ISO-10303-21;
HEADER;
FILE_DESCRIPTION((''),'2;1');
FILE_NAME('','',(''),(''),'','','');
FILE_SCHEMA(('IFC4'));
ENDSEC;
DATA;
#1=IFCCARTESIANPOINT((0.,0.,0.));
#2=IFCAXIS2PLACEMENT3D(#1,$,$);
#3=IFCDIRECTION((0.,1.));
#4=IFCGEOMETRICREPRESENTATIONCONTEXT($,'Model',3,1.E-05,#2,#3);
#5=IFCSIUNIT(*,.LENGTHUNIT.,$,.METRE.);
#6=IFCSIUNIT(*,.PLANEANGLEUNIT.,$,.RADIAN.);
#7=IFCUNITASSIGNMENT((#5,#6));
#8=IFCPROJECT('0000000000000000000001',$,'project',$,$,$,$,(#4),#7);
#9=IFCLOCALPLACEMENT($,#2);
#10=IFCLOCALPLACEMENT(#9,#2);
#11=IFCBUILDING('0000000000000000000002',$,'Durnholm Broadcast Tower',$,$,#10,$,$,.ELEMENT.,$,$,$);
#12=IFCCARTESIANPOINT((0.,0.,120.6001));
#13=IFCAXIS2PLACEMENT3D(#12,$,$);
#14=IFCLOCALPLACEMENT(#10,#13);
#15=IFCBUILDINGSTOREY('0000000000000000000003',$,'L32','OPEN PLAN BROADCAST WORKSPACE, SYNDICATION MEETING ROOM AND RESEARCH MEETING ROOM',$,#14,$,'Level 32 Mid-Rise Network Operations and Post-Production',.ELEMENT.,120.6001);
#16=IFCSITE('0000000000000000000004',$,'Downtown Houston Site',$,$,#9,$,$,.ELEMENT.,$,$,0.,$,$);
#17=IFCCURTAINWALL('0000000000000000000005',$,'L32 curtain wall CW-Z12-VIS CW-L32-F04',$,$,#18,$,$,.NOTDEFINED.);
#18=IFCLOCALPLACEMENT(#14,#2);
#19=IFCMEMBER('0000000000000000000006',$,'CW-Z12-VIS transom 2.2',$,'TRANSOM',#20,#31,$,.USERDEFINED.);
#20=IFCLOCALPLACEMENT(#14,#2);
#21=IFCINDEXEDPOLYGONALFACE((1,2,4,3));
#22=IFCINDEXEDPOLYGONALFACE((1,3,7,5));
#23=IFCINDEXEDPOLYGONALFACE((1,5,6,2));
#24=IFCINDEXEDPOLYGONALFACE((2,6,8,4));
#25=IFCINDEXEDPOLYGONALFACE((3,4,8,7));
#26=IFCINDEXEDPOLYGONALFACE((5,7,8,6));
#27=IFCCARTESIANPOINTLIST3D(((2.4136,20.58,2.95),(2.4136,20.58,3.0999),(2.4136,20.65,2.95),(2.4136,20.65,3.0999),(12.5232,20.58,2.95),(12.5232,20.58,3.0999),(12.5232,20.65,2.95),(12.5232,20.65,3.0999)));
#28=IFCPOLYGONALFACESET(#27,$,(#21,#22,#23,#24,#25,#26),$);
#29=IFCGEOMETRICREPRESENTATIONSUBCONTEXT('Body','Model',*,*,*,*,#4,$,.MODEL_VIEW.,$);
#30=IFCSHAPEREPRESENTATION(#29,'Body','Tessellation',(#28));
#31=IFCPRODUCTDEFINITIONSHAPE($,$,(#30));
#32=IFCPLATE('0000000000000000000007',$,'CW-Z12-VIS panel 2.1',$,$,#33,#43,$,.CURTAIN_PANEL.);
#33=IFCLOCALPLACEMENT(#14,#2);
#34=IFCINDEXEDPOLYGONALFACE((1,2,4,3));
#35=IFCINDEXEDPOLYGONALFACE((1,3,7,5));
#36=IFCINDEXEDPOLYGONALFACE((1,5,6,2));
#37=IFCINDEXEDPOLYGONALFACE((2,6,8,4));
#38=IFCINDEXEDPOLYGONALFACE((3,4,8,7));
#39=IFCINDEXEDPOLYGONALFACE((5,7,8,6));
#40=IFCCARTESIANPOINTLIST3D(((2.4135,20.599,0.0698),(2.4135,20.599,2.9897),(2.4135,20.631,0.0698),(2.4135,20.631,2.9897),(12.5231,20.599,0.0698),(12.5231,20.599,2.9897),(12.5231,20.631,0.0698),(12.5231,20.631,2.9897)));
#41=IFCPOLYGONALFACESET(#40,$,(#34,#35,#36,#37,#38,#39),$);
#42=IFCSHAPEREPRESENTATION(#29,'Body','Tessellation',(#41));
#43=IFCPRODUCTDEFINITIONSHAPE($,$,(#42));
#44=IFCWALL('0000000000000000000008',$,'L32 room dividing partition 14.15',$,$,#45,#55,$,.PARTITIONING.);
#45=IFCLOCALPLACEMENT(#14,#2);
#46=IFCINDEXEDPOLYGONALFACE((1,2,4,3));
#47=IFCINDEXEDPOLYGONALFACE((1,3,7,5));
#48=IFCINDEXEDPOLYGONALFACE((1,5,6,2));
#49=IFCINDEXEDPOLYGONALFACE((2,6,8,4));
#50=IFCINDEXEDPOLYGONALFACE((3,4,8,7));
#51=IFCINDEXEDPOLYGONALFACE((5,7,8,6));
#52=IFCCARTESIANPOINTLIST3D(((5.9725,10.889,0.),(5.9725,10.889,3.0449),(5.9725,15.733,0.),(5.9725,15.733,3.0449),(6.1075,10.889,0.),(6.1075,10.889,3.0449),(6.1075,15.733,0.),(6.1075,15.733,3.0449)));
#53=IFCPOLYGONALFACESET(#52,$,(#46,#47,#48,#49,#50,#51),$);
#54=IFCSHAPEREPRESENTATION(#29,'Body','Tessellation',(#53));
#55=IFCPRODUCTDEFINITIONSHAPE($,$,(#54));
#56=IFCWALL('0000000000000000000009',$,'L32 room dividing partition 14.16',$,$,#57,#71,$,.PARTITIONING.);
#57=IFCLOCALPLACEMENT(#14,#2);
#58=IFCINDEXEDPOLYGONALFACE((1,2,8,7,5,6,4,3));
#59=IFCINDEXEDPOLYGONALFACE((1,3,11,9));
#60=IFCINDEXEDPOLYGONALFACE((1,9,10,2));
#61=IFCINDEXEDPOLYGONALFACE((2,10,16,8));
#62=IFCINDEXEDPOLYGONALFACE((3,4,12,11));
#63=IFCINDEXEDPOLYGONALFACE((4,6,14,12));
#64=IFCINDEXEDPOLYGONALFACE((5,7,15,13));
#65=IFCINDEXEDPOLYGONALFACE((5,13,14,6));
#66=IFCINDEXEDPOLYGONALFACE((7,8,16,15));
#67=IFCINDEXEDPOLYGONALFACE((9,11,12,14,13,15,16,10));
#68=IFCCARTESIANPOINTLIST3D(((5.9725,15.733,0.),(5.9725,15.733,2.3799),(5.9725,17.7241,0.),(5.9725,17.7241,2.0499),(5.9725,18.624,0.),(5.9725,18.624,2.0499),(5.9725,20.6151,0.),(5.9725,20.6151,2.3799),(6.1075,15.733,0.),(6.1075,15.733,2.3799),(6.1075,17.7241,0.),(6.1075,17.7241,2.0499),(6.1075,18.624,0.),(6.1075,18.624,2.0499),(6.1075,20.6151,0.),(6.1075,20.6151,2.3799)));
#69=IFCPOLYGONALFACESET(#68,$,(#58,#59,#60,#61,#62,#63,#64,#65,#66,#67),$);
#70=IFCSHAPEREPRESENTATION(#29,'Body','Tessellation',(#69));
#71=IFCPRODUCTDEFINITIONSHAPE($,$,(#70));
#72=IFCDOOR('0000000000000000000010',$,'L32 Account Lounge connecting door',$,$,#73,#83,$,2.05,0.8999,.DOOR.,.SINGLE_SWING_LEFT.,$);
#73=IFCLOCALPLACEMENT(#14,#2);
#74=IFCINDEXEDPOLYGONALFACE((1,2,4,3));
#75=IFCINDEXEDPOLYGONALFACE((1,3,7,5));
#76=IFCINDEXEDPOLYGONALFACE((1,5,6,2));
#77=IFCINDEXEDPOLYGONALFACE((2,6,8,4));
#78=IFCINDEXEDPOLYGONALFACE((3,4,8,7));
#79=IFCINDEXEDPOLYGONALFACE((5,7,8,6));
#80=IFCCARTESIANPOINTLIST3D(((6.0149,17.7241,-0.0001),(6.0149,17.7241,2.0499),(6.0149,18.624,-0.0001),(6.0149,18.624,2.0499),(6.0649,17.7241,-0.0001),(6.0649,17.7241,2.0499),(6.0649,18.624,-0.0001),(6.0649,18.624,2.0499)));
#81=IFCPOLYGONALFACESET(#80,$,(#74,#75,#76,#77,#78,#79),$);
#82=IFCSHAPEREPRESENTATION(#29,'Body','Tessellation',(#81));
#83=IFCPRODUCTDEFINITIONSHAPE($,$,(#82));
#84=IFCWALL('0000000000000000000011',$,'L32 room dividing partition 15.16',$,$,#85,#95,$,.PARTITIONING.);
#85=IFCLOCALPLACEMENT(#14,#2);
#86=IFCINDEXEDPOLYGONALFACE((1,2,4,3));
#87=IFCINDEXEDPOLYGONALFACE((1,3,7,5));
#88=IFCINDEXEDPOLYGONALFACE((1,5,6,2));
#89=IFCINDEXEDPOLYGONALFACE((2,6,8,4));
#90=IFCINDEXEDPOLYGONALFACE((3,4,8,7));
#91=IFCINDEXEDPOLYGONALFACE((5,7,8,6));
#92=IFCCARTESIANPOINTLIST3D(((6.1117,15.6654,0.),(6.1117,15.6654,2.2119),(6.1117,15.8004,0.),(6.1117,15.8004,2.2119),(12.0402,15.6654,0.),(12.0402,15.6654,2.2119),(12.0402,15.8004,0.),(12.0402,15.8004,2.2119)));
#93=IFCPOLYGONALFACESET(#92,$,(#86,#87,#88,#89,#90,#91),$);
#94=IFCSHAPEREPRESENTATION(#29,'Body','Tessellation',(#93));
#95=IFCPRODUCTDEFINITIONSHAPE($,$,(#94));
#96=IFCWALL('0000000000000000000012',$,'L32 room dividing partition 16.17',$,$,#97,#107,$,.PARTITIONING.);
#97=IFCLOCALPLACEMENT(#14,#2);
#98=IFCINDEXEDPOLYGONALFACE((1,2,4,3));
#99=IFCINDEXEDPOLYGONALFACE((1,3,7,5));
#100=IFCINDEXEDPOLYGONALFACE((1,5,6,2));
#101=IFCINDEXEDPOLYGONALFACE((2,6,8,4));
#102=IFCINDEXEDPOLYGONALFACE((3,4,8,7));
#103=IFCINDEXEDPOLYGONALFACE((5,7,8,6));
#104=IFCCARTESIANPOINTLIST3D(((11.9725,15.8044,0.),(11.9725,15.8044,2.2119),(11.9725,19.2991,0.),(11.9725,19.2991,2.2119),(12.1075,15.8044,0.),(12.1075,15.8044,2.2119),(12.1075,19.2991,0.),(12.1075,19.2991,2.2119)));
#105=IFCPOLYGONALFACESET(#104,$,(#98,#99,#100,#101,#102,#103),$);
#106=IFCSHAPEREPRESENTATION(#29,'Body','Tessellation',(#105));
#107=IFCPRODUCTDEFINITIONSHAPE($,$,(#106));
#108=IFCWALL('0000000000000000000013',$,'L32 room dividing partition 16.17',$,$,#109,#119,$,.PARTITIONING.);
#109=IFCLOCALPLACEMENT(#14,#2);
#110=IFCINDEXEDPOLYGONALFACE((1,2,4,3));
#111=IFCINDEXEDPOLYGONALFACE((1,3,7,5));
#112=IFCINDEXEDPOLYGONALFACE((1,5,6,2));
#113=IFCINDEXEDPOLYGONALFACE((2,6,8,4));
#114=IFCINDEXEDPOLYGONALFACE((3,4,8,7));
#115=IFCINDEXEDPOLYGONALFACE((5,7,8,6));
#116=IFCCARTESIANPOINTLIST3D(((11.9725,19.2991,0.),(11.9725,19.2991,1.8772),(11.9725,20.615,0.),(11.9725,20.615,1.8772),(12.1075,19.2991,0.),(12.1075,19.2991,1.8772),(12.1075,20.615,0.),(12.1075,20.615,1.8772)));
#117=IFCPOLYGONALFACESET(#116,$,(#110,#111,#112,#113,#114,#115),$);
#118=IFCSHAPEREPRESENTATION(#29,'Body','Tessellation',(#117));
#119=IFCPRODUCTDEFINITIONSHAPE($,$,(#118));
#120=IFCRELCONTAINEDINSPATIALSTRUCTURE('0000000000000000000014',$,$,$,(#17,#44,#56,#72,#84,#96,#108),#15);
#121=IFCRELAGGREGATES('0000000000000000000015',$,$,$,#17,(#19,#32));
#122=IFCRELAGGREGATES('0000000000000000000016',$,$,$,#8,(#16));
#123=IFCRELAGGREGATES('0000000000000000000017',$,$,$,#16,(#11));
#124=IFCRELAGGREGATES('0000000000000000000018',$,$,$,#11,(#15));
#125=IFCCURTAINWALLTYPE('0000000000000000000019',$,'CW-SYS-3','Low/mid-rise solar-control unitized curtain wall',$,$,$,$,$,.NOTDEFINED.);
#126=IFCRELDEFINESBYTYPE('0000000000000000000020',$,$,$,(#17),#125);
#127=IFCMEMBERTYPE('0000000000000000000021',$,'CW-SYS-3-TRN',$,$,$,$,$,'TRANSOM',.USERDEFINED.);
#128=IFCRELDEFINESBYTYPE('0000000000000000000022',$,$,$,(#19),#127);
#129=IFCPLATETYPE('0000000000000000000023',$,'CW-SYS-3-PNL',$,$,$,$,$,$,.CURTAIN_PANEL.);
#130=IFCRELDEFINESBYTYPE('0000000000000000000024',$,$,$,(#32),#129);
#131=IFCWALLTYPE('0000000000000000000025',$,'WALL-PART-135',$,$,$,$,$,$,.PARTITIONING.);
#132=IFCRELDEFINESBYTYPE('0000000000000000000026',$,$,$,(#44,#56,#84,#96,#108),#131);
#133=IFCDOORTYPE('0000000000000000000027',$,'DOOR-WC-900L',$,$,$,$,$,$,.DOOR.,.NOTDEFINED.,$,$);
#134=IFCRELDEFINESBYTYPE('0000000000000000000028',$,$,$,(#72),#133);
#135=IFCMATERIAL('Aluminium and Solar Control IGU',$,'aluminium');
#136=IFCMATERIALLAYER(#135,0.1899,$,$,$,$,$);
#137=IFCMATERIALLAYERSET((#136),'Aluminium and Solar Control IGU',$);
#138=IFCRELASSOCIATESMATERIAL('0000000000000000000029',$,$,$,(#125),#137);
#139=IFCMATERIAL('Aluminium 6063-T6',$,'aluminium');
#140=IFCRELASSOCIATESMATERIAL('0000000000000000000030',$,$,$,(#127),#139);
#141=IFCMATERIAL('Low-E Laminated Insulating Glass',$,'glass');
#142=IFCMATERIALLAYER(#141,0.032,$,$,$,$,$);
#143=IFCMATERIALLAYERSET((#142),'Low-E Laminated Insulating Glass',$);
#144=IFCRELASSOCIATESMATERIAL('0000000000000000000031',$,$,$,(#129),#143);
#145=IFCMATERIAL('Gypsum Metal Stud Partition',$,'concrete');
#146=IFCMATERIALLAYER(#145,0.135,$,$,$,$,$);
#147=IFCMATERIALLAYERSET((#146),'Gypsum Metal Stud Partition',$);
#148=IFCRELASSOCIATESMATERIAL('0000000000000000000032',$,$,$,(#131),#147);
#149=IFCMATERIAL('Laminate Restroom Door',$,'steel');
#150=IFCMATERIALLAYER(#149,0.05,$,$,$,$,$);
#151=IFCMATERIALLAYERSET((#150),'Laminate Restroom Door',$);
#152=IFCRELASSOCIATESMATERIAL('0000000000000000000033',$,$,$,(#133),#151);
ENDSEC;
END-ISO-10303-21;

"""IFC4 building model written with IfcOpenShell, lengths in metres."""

from ifc_helpers import new_model, si_unit, direction, frame, frame_2d, origin, origin_2d, place, context, subcontext, project, spatial, rectangle, extrude, source, transform, mapped, material, layer, layer_set, material_profile, profile_set, type_object, type_shapes, element, fill, aggregate, save


model = new_model("IFC4")

# Units and contexts
model_context = context("Model", 3, precision=1e-05, world=origin(), true_north=direction((0.0, 1.0)))
body_context = subcontext(model_context, "Body", "Model", "MODEL_VIEW")
ifc_project = project(units=[si_unit("LENGTHUNIT", "METRE"), si_unit("PLANEANGLEUNIT", "RADIAN")], contexts=[model_context])

# Site, building, storey
site_placement = place(None, origin())
site = spatial("IfcSite", under=ifc_project, at=site_placement, Name="Downtown Houston Site", CompositionType="ELEMENT", RefElevation=0.0)
building_placement = place(site_placement, origin())
building = spatial("IfcBuilding", under=site, at=building_placement, Name="Durnholm Broadcast Tower", CompositionType="ELEMENT")
storey_placement = place(building_placement, frame((0.0, 0.0, 120.6001)))
storey = spatial("IfcBuildingStorey", under=building, at=storey_placement, Name="L32", Description="OPEN PLAN BROADCAST WORKSPACE, SYNDICATION MEETING ROOM AND RESEARCH MEETING ROOM", LongName="Level 32 Mid-Rise Network Operations and Post-Production", CompositionType="ELEMENT", Elevation=120.6001)

# Shared definitions
ifc_material_1 = material(Name="Aluminium and Solar Control IGU", Category="aluminium")
ifc_material_2 = material(Name="Aluminium 6063-T6", Category="aluminium")

# Curtain wall
ifc_layer_1 = layer(ifc_material_1, 0.1899)
ifc_layer_set_1 = layer_set([ifc_layer_1], Name="Aluminium and Solar Control IGU")
curtain_wall_type_1 = type_object("IfcCurtainWallType", Name="CW-SYS-3", Description="Low/mid-rise solar-control unitized curtain wall", PredefinedType="NOTDEFINED", material=ifc_layer_set_1)
curtain_wall_1_placement = place(storey_placement, origin())
curtain_wall_1 = element("IfcCurtainWall", 1, at=curtain_wall_1_placement, inside=storey, type_object=curtain_wall_type_1, Name="L32 curtain wall CW-Z12-VIS CW-L32-F04", PredefinedType="NOTDEFINED")

# Member
ifc_material_profile_1 = material_profile(ifc_material_2, rectangle(XDim=0.0701, YDim=0.1499, at=origin_2d()), Name="CWT70X150")
ifc_profile_set_1 = profile_set([ifc_material_profile_1], Name="Aluminium 6063-T6")
member_type_1 = type_object("IfcMemberType", Name="CW-SYS-3-TRN", ElementType="TRANSOM", PredefinedType="USERDEFINED", material=ifc_profile_set_1)
shared_shape_1 = source(origin(), body_context, "Body", "SweptSolid", [
    extrude(rectangle(XDim=0.0701, YDim=0.1499, at=origin_2d()), origin(), (0.0, 0.0, 1.0), 10.1096),
])
type_shapes(member_type_1, [shared_shape_1])
member_1_placement = place(storey_placement, frame((2.4136, 20.615, 3.0249), z_axis=(1.0, 0.0, 0.0), x_axis=(0.0, 1.0, 0.0)))
member_1 = element("IfcMember", 2, at=member_1_placement, type_object=member_type_1, Name="CW-Z12-VIS transom 2.2", ObjectType="TRANSOM", PredefinedType="USERDEFINED", context=body_context, shape_type="MappedRepresentation", body=[
    mapped(shared_shape_1, transform((0.0, 0.0, 0.0), x_axis=(1.0, 0.0, 0.0), y_axis=(0.0, 1.0, 0.0), z_axis=(0.0, 0.0, 1.0), scale=1.0)),
])

# Plate
ifc_material_3 = material(Name="Low-E Laminated Insulating Glass", Category="glass")
ifc_layer_2 = layer(ifc_material_3, 0.032)
ifc_layer_set_2 = layer_set([ifc_layer_2], Name="Low-E Laminated Insulating Glass")
plate_type = type_object("IfcPlateType", Name="CW-SYS-3-PNL", PredefinedType="CURTAIN_PANEL", material=ifc_layer_set_2)
shared_shape_2 = source(origin(), body_context, "Body", "SweptSolid", [
    extrude(rectangle(XDim=10.1096, YDim=0.032, at=origin_2d()), origin(), (0.0, 0.0, 1.0), 2.9199),
])
type_shapes(plate_type, [shared_shape_2])
plate_placement = place(storey_placement, frame((7.4683, 20.615, 0.0698), z_axis=(0.0, 0.0, 1.0), x_axis=(1.0, 0.0, 0.0)))
plate = element("IfcPlate", 3, at=plate_placement, type_object=plate_type, Name="CW-Z12-VIS panel 2.1", PredefinedType="CURTAIN_PANEL", context=body_context, shape_type="MappedRepresentation", body=[
    mapped(shared_shape_2, transform((0.0, 0.0, 0.0), x_axis=(1.0, 0.0, 0.0), y_axis=(0.0, 1.0, 0.0), z_axis=(0.0, 0.0, 1.0), scale=1.0)),
])
aggregate(curtain_wall_1, [member_1, plate])

# Wall
ifc_material_4 = material(Name="Gypsum Metal Stud Partition", Category="concrete")
ifc_layer_3 = layer(ifc_material_4, 0.135)
ifc_layer_set_3 = layer_set([ifc_layer_3], Name="Gypsum Metal Stud Partition")
wall_type = type_object("IfcWallType", Name="WALL-PART-135", PredefinedType="PARTITIONING", material=ifc_layer_set_3)
wall_1_placement = place(storey_placement, frame((6.04, 15.7329, 0.0), z_axis=(0.0, 0.0, 1.0), x_axis=(0.0, -1.0, 0.0)))
element("IfcWall", 4, at=wall_1_placement, inside=storey, type_object=wall_type, Name="L32 room dividing partition 14.15", PredefinedType="PARTITIONING", context=body_context, shape_type="SweptSolid", body=[
    extrude(rectangle(XDim=4.844, YDim=0.135, at=frame_2d((2.4219, 0.0))), origin(), (0.0, 0.0, 1.0), 3.0449),
])

# Wall, opening, door
wall_2_placement = place(storey_placement, frame((6.04, 20.615, 0.0), z_axis=(0.0, 0.0, 1.0), x_axis=(0.0, -1.0, 0.0)))
wall_2 = element("IfcWall", 5, at=wall_2_placement, inside=storey, type_object=wall_type, Name="L32 room dividing partition 14.16", PredefinedType="PARTITIONING", context=body_context, shape_type="SweptSolid", body=[
    extrude(rectangle(XDim=4.8821, YDim=0.135, at=frame_2d((2.4409, 0.0))), origin(), (0.0, 0.0, 1.0), 2.3799),
])
opening_placement = place(wall_2_placement, frame((1.991, 0.0, 0.0)))
opening = element("IfcOpeningElement", 6, at=opening_placement, cuts=wall_2, PredefinedType="OPENING", context=body_context, shape_type="SweptSolid", body=[
    extrude(rectangle(XDim=0.8999, YDim=2.05, at=frame_2d((0.45, 1.0249))), frame((0.0, 0.0776, 0.0), z_axis=(0.0, -1.0, 0.0), x_axis=(1.0, 0.0, 0.0)), (0.0, 0.0, 1.0), 0.155),
])
ifc_material_5 = material(Name="Laminate Restroom Door", Category="steel")
ifc_layer_4 = layer(ifc_material_5, 0.05)
ifc_layer_set_4 = layer_set([ifc_layer_4], Name="Laminate Restroom Door")
door_type = type_object("IfcDoorType", Name="DOOR-WC-900L", OperationType="NOTDEFINED", PredefinedType="DOOR", material=ifc_layer_set_4)
shared_shape_3 = source(origin(), body_context, "Body", "SweptSolid", [
    extrude(rectangle(XDim=0.8999, YDim=2.05, at=frame_2d((0.45, 1.0249))), frame((0.0, 0.0249, 0.0), z_axis=(0.0, -1.0, 0.0), x_axis=(1.0, 0.0, 0.0)), (0.0, 0.0, 1.0), 0.05),
])
type_shapes(door_type, [shared_shape_3])
door_placement = place(opening_placement, origin())
door = element("IfcDoor", 7, at=door_placement, inside=storey, type_object=door_type, Name="L32 Account Lounge connecting door", OperationType="SINGLE_SWING_LEFT", OverallHeight=2.05, OverallWidth=0.8999, PredefinedType="DOOR", context=body_context, shape_type="MappedRepresentation", body=[
    mapped(shared_shape_3, transform((0.0, 0.0, 0.0), x_axis=(1.0, 0.0, 0.0), y_axis=(0.0, 1.0, 0.0), z_axis=(0.0, 0.0, 1.0), scale=1.0)),
])
fill(opening, door)

# Walls
wall_3_placement = place(storey_placement, frame((6.1116, 15.7329, 0.0), z_axis=(0.0, 0.0, 1.0), x_axis=(1.0, 0.0, 0.0)))
element("IfcWall", 8, at=wall_3_placement, inside=storey, type_object=wall_type, Name="L32 room dividing partition 15.16", PredefinedType="PARTITIONING", context=body_context, shape_type="SweptSolid", body=[
    extrude(rectangle(XDim=5.9285, YDim=0.135, at=frame_2d((2.9644, 0.0))), origin(), (0.0, 0.0, 1.0), 2.2119),
])
wall_4_placement = place(storey_placement, frame((12.04, 19.2991, 0.0), z_axis=(0.0, 0.0, 1.0), x_axis=(0.0, -1.0, 0.0)))
element("IfcWall", 9, at=wall_4_placement, inside=storey, type_object=wall_type, Name="L32 room dividing partition 16.17", PredefinedType="PARTITIONING", context=body_context, shape_type="SweptSolid", body=[
    extrude(rectangle(XDim=3.4946, YDim=0.135, at=frame_2d((1.7473, 0.0))), origin(), (0.0, 0.0, 1.0), 2.2119),
])
wall_5_placement = place(storey_placement, frame((12.04, 20.615, 0.0), z_axis=(0.0, 0.0, 1.0), x_axis=(0.0, -1.0, 0.0)))
element("IfcWall", 10, at=wall_5_placement, inside=storey, type_object=wall_type, Name="L32 room dividing partition 16.17", PredefinedType="PARTITIONING", context=body_context, shape_type="SweptSolid", body=[
    extrude(rectangle(XDim=1.3159, YDim=0.135, at=frame_2d((0.658, 0.0))), origin(), (0.0, 0.0, 1.0), 1.8772),
])

save(model, "model.ifc")
